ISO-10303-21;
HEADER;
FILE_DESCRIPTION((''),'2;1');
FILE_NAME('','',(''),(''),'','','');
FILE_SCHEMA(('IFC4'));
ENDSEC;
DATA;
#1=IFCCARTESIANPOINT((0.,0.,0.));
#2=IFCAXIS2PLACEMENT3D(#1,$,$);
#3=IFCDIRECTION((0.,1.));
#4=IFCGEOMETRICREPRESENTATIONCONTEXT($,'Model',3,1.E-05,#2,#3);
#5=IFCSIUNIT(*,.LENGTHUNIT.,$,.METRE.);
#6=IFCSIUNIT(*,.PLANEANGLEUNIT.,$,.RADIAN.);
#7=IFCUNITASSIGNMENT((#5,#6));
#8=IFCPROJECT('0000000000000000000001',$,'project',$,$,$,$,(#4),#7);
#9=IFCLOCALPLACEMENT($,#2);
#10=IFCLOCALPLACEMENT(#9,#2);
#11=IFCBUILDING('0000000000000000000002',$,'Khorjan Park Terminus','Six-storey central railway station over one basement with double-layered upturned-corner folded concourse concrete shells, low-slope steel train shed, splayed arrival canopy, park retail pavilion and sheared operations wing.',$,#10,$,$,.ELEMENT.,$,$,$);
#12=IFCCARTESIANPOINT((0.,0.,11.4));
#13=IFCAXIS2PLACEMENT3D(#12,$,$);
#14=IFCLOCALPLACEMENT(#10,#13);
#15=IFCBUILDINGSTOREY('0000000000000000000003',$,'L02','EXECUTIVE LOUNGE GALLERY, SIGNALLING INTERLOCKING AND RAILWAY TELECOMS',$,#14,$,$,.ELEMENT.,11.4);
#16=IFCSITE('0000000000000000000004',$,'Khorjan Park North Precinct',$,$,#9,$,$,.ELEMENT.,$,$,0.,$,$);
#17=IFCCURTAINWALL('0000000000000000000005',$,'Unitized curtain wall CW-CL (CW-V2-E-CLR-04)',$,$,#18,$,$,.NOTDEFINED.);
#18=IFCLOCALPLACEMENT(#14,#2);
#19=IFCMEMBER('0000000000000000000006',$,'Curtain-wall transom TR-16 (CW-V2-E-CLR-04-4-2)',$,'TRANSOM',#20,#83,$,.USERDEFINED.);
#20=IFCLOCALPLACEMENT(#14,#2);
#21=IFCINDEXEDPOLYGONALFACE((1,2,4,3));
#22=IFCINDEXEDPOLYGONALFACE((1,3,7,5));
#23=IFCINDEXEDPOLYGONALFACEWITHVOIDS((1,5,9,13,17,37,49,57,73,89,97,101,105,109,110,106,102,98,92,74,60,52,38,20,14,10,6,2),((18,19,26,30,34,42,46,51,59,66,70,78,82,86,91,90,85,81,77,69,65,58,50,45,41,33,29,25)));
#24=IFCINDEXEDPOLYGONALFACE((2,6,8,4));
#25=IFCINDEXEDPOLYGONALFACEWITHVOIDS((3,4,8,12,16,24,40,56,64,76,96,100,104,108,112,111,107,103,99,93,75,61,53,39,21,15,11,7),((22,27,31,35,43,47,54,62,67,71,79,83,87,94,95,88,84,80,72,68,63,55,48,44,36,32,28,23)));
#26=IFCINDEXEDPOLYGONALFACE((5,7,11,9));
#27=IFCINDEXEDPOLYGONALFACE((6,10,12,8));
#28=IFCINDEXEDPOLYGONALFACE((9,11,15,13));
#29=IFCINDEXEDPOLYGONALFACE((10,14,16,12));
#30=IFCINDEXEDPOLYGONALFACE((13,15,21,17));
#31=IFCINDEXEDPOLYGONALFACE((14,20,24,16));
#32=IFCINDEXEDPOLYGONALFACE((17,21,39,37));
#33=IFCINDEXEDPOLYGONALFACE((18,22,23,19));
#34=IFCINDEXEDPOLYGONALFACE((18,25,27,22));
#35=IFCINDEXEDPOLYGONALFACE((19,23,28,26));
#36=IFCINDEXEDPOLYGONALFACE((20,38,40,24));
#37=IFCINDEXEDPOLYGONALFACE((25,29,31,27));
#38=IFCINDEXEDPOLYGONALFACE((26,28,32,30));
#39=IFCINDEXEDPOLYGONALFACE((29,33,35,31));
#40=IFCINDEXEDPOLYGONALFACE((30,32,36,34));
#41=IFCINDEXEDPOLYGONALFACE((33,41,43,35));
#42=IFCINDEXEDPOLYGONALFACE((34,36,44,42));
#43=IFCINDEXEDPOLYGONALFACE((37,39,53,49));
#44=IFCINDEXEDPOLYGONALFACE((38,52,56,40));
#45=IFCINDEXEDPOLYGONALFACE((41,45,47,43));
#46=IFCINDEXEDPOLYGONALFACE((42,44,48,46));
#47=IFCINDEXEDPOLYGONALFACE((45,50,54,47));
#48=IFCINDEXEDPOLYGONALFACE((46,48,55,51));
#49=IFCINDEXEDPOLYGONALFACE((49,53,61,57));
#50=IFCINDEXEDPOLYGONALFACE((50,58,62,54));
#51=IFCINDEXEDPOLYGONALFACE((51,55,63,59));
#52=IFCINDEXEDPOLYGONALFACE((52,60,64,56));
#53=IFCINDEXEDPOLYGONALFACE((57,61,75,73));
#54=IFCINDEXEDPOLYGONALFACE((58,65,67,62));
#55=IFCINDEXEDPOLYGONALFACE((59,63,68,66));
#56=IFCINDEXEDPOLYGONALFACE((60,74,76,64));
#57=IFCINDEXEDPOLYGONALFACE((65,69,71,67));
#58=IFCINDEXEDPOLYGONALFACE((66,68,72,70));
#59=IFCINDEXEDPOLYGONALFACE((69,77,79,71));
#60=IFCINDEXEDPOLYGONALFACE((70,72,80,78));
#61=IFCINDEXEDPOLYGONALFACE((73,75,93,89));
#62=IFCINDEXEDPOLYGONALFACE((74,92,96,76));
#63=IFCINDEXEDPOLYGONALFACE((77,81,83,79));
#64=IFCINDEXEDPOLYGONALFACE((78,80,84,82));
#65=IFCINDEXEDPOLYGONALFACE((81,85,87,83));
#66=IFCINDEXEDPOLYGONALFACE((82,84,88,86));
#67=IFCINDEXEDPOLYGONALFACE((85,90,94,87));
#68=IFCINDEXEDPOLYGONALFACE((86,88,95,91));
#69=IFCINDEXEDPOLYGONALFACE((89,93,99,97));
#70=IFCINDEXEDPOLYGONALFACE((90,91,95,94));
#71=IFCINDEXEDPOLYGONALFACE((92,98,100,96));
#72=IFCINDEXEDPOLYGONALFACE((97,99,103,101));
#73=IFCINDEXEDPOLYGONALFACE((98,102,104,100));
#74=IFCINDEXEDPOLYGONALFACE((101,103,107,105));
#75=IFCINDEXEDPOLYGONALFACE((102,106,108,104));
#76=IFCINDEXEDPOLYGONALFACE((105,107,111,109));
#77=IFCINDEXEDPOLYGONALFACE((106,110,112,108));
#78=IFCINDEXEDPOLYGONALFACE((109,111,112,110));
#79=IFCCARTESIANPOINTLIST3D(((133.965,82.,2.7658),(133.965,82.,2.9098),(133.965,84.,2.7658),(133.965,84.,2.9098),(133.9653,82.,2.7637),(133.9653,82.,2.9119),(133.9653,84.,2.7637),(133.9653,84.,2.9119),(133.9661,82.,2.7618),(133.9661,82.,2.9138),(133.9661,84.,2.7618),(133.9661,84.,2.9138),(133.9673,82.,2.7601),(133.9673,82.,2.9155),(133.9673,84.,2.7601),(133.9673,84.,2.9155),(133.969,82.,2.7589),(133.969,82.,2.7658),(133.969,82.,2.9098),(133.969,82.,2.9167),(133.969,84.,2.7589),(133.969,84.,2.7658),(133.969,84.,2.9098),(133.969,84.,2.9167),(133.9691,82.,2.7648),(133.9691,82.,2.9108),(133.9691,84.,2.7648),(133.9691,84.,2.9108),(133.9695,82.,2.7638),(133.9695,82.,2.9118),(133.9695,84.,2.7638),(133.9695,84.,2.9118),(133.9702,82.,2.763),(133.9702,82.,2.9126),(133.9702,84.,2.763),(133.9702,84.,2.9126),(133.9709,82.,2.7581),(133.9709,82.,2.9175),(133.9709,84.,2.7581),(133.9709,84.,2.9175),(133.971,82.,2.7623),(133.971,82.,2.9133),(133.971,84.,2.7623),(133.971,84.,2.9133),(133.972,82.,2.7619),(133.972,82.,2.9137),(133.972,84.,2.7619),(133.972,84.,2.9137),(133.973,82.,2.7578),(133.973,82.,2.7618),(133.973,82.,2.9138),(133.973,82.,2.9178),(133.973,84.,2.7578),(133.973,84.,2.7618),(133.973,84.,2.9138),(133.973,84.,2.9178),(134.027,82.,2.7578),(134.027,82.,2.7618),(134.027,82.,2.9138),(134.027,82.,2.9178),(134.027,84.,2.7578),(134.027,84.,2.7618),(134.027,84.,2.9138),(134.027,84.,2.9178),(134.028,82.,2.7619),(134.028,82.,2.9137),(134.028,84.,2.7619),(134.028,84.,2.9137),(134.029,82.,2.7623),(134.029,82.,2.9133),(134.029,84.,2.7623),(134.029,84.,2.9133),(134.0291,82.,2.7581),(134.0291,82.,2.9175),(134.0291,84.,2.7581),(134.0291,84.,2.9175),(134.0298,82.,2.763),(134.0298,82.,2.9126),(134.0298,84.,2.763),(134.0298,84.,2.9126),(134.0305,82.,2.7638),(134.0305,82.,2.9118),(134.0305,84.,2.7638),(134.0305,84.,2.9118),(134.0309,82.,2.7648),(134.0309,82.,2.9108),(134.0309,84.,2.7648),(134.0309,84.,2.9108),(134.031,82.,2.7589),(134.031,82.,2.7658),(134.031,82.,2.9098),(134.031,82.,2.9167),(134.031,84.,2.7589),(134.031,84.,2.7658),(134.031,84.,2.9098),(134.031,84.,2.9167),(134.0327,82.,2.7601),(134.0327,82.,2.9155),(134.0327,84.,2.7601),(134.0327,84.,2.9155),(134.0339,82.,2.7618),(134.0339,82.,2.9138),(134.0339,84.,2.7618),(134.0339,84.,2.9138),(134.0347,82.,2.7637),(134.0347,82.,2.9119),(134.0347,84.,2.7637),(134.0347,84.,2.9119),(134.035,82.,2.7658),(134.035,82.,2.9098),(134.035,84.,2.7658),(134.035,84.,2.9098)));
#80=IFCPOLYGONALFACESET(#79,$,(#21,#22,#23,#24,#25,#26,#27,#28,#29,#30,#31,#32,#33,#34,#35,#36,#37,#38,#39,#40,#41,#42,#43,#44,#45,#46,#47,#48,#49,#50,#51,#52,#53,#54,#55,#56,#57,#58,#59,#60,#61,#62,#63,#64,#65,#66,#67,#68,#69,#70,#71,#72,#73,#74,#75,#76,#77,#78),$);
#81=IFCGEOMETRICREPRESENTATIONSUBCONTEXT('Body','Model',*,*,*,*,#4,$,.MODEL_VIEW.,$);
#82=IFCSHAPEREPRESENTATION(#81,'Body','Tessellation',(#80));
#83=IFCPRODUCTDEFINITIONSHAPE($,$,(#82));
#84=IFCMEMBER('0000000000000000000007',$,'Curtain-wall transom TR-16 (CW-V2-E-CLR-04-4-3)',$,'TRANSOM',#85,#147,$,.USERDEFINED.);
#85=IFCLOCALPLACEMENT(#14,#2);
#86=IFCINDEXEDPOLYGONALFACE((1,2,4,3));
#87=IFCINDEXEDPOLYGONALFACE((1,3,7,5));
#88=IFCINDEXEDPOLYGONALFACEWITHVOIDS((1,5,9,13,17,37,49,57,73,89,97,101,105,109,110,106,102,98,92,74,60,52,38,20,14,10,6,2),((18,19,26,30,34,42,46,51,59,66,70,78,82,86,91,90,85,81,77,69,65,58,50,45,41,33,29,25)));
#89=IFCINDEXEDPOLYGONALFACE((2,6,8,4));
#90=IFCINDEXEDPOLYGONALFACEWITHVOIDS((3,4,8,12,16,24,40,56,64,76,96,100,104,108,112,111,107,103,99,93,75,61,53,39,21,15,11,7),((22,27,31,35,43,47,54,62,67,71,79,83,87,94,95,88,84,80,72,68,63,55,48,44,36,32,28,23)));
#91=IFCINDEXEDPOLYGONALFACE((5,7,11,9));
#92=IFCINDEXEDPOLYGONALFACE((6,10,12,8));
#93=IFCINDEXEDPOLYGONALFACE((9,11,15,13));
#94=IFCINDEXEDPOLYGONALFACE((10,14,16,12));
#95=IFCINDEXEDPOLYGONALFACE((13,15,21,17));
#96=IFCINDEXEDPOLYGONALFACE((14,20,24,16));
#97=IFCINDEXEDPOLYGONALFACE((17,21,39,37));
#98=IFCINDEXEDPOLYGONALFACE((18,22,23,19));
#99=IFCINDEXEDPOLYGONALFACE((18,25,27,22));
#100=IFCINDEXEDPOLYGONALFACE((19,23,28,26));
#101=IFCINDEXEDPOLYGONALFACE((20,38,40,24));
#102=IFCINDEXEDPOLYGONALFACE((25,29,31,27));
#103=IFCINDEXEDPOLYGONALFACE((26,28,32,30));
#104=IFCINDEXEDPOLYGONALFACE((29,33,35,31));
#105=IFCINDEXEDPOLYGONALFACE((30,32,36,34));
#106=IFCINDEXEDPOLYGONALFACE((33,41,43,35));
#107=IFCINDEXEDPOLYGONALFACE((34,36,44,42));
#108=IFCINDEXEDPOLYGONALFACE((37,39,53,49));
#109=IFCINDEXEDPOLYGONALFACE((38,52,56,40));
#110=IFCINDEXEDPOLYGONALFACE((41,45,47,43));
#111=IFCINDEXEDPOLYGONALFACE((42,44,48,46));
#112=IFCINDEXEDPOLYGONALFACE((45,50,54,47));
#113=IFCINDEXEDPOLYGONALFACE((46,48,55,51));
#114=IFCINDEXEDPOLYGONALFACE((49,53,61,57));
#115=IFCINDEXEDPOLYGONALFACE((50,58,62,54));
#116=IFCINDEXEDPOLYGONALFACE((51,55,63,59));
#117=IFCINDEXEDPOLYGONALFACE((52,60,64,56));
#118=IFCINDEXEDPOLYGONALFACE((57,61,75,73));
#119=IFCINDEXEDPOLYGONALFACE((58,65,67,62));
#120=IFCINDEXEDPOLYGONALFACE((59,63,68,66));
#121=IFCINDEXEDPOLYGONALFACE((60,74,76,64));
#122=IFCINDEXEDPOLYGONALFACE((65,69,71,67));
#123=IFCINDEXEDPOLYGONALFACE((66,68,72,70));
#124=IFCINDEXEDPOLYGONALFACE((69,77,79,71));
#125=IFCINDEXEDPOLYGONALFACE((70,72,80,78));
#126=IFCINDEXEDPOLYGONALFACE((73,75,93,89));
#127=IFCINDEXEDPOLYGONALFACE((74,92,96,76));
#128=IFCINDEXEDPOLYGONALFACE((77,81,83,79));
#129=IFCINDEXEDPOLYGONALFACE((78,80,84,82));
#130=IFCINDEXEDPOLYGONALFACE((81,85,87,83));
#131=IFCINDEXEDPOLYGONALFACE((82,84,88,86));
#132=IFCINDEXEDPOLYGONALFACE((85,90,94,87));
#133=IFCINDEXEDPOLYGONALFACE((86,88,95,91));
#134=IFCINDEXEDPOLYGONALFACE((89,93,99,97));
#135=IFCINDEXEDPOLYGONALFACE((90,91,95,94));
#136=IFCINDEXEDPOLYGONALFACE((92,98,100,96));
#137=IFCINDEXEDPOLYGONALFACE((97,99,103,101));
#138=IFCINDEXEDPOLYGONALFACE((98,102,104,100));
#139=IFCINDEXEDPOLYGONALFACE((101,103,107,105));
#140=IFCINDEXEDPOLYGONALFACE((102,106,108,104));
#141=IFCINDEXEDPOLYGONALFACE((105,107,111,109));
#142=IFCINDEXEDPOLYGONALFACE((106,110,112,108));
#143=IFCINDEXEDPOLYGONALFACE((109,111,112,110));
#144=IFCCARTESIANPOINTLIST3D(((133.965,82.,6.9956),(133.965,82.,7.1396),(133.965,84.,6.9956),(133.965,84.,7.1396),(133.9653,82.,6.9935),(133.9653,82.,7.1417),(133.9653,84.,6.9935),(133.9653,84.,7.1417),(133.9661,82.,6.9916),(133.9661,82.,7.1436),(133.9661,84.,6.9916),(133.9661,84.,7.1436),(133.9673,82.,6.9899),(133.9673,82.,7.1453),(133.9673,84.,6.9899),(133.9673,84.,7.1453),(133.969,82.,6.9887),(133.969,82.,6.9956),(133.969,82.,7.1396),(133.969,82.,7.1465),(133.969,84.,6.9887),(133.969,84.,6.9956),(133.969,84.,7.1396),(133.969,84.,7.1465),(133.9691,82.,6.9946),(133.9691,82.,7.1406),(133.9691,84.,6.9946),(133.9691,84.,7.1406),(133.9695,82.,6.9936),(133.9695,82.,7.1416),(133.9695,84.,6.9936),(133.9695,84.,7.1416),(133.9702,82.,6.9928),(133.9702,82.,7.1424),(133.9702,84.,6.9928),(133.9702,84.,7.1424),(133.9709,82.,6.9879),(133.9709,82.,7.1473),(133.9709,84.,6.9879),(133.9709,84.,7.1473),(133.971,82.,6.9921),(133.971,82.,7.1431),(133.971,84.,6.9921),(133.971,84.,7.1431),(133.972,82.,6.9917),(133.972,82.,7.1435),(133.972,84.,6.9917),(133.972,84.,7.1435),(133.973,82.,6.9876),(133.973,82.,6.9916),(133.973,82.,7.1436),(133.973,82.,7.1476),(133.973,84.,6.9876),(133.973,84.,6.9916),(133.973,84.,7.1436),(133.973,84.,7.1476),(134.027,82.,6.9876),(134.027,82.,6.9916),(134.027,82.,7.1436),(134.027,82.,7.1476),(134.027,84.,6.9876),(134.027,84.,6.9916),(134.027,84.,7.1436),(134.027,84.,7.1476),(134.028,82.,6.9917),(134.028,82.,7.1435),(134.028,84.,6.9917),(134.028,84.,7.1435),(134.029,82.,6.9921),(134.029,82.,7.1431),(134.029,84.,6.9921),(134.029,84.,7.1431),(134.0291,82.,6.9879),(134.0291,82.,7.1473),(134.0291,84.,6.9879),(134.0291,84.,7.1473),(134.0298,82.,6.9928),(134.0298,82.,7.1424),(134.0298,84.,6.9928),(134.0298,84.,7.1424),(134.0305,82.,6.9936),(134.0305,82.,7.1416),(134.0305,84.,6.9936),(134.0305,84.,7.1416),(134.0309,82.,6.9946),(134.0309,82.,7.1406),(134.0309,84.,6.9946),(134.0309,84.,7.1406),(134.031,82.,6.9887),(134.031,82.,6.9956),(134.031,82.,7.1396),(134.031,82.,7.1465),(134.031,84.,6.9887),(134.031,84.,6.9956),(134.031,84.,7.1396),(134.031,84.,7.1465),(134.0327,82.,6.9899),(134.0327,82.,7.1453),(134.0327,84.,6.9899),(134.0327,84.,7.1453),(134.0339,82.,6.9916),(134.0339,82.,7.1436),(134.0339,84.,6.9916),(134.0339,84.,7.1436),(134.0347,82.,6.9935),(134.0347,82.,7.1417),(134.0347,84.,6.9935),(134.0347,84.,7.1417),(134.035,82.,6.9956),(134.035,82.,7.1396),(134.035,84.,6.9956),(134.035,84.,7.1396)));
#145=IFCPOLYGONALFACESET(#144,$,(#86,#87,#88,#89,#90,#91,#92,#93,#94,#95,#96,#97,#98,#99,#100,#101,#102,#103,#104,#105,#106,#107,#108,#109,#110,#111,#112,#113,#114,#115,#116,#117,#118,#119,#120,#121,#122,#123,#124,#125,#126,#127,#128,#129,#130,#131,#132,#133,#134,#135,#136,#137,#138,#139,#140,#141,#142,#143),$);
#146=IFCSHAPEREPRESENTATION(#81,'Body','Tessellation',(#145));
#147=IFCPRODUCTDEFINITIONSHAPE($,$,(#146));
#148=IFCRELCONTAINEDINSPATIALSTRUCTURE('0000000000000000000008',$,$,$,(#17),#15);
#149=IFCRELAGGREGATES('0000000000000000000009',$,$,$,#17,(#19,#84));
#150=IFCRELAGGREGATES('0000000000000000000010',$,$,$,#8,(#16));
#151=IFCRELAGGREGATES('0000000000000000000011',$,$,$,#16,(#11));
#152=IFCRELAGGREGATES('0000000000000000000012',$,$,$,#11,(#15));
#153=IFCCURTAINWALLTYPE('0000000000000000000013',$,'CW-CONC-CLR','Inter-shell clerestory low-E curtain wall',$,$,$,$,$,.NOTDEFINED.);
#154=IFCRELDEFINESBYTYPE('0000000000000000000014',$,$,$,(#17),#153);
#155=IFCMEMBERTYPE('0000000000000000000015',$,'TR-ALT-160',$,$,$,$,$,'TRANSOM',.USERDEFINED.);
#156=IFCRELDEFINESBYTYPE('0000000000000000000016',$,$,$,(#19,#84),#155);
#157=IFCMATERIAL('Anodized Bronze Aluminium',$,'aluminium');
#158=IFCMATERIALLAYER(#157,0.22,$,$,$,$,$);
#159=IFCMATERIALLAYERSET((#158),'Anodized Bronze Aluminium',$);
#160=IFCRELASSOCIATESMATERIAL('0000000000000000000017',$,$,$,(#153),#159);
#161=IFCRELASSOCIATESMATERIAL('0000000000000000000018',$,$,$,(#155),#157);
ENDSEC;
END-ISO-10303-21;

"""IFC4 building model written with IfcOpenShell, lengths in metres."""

from ifc_helpers import new_model, si_unit, direction, frame, origin, origin_2d, place, context, subcontext, project, spatial, hollow_rectangle, extrude, material, layer, layer_set, material_profile, profile_set, type_object, element, aggregate, save


model = new_model("IFC4")

# Units and contexts
model_context = context("Model", 3, precision=1e-05, world=origin(), true_north=direction((0.0, 1.0)))
body_context = subcontext(model_context, "Body", "Model", "MODEL_VIEW")
ifc_project = project(units=[si_unit("LENGTHUNIT", "METRE"), si_unit("PLANEANGLEUNIT", "RADIAN")], contexts=[model_context])

# Site, building, storey
site_placement = place(None, origin())
site = spatial("IfcSite", under=ifc_project, at=site_placement, Name="Khorjan Park North Precinct", CompositionType="ELEMENT", RefElevation=0.0)
building_placement = place(site_placement, origin())
building = spatial("IfcBuilding", under=site, at=building_placement, Name="Khorjan Park Terminus", Description="Six-storey central railway station over one basement with double-layered upturned-corner folded concourse concrete shells, low-slope steel train shed, splayed arrival canopy, park retail pavilion and sheared operations wing.", CompositionType="ELEMENT")
storey_placement = place(building_placement, frame((0.0, 0.0, 11.4)))
storey = spatial("IfcBuildingStorey", under=building, at=storey_placement, Name="L02", Description="EXECUTIVE LOUNGE GALLERY, SIGNALLING INTERLOCKING AND RAILWAY TELECOMS", CompositionType="ELEMENT", Elevation=11.4)

# Curtain wall, members
ifc_material_1 = material(Name="Anodized Bronze Aluminium", Category="aluminium")
ifc_layer_1 = layer(ifc_material_1, 0.22)
ifc_layer_set_1 = layer_set([ifc_layer_1], Name="Anodized Bronze Aluminium")
curtain_wall_type = type_object("IfcCurtainWallType", Name="CW-CONC-CLR", Description="Inter-shell clerestory low-E curtain wall", PredefinedType="NOTDEFINED", material=ifc_layer_set_1)
curtain_wall_placement = place(storey_placement, origin())
curtain_wall = element("IfcCurtainWall", 1, at=curtain_wall_placement, inside=storey, type_object=curtain_wall_type, Name="Unitized curtain wall CW-CL (CW-V2-E-CLR-04)", PredefinedType="NOTDEFINED")
ifc_material_profile_1 = material_profile(ifc_material_1, hollow_rectangle(XDim=0.07, YDim=0.16, WallThickness=0.004, InnerFilletRadius=0.004, OuterFilletRadius=0.008, at=origin_2d()), Name="ALT 70x160x4")
ifc_profile_set_1 = profile_set([ifc_material_profile_1], Name="Anodized Bronze Aluminium")
member_type_1 = type_object("IfcMemberType", Name="TR-ALT-160", ElementType="TRANSOM", PredefinedType="USERDEFINED", material=ifc_profile_set_1)
member_1_placement = place(storey_placement, frame((134.0, 82.0, 2.8378), z_axis=(0.0, 1.0, 0.0), x_axis=(-1.0, 0.0, 0.0)))
member_1 = element("IfcMember", 2, at=member_1_placement, type_object=member_type_1, Name="Curtain-wall transom TR-16 (CW-V2-E-CLR-04-4-2)", ObjectType="TRANSOM", PredefinedType="USERDEFINED", context=body_context, shape_type="SweptSolid", body=[
    extrude(hollow_rectangle(XDim=0.07, YDim=0.16, WallThickness=0.004, InnerFilletRadius=0.004, OuterFilletRadius=0.008, at=origin_2d()), origin(), (0.0, 0.0, 1.0), 2.0),
])
member_2_placement = place(storey_placement, frame((134.0, 82.0, 7.0676), z_axis=(0.0, 1.0, 0.0), x_axis=(-1.0, 0.0, 0.0)))
member_2 = element("IfcMember", 3, at=member_2_placement, type_object=member_type_1, Name="Curtain-wall transom TR-16 (CW-V2-E-CLR-04-4-3)", ObjectType="TRANSOM", PredefinedType="USERDEFINED", context=body_context, shape_type="SweptSolid", body=[
    extrude(hollow_rectangle(XDim=0.07, YDim=0.16, WallThickness=0.004, InnerFilletRadius=0.004, OuterFilletRadius=0.008, at=origin_2d()), origin(), (0.0, 0.0, 1.0), 2.0),
])

aggregate(curtain_wall, [member_1, member_2])

save(model, "model.ifc")
